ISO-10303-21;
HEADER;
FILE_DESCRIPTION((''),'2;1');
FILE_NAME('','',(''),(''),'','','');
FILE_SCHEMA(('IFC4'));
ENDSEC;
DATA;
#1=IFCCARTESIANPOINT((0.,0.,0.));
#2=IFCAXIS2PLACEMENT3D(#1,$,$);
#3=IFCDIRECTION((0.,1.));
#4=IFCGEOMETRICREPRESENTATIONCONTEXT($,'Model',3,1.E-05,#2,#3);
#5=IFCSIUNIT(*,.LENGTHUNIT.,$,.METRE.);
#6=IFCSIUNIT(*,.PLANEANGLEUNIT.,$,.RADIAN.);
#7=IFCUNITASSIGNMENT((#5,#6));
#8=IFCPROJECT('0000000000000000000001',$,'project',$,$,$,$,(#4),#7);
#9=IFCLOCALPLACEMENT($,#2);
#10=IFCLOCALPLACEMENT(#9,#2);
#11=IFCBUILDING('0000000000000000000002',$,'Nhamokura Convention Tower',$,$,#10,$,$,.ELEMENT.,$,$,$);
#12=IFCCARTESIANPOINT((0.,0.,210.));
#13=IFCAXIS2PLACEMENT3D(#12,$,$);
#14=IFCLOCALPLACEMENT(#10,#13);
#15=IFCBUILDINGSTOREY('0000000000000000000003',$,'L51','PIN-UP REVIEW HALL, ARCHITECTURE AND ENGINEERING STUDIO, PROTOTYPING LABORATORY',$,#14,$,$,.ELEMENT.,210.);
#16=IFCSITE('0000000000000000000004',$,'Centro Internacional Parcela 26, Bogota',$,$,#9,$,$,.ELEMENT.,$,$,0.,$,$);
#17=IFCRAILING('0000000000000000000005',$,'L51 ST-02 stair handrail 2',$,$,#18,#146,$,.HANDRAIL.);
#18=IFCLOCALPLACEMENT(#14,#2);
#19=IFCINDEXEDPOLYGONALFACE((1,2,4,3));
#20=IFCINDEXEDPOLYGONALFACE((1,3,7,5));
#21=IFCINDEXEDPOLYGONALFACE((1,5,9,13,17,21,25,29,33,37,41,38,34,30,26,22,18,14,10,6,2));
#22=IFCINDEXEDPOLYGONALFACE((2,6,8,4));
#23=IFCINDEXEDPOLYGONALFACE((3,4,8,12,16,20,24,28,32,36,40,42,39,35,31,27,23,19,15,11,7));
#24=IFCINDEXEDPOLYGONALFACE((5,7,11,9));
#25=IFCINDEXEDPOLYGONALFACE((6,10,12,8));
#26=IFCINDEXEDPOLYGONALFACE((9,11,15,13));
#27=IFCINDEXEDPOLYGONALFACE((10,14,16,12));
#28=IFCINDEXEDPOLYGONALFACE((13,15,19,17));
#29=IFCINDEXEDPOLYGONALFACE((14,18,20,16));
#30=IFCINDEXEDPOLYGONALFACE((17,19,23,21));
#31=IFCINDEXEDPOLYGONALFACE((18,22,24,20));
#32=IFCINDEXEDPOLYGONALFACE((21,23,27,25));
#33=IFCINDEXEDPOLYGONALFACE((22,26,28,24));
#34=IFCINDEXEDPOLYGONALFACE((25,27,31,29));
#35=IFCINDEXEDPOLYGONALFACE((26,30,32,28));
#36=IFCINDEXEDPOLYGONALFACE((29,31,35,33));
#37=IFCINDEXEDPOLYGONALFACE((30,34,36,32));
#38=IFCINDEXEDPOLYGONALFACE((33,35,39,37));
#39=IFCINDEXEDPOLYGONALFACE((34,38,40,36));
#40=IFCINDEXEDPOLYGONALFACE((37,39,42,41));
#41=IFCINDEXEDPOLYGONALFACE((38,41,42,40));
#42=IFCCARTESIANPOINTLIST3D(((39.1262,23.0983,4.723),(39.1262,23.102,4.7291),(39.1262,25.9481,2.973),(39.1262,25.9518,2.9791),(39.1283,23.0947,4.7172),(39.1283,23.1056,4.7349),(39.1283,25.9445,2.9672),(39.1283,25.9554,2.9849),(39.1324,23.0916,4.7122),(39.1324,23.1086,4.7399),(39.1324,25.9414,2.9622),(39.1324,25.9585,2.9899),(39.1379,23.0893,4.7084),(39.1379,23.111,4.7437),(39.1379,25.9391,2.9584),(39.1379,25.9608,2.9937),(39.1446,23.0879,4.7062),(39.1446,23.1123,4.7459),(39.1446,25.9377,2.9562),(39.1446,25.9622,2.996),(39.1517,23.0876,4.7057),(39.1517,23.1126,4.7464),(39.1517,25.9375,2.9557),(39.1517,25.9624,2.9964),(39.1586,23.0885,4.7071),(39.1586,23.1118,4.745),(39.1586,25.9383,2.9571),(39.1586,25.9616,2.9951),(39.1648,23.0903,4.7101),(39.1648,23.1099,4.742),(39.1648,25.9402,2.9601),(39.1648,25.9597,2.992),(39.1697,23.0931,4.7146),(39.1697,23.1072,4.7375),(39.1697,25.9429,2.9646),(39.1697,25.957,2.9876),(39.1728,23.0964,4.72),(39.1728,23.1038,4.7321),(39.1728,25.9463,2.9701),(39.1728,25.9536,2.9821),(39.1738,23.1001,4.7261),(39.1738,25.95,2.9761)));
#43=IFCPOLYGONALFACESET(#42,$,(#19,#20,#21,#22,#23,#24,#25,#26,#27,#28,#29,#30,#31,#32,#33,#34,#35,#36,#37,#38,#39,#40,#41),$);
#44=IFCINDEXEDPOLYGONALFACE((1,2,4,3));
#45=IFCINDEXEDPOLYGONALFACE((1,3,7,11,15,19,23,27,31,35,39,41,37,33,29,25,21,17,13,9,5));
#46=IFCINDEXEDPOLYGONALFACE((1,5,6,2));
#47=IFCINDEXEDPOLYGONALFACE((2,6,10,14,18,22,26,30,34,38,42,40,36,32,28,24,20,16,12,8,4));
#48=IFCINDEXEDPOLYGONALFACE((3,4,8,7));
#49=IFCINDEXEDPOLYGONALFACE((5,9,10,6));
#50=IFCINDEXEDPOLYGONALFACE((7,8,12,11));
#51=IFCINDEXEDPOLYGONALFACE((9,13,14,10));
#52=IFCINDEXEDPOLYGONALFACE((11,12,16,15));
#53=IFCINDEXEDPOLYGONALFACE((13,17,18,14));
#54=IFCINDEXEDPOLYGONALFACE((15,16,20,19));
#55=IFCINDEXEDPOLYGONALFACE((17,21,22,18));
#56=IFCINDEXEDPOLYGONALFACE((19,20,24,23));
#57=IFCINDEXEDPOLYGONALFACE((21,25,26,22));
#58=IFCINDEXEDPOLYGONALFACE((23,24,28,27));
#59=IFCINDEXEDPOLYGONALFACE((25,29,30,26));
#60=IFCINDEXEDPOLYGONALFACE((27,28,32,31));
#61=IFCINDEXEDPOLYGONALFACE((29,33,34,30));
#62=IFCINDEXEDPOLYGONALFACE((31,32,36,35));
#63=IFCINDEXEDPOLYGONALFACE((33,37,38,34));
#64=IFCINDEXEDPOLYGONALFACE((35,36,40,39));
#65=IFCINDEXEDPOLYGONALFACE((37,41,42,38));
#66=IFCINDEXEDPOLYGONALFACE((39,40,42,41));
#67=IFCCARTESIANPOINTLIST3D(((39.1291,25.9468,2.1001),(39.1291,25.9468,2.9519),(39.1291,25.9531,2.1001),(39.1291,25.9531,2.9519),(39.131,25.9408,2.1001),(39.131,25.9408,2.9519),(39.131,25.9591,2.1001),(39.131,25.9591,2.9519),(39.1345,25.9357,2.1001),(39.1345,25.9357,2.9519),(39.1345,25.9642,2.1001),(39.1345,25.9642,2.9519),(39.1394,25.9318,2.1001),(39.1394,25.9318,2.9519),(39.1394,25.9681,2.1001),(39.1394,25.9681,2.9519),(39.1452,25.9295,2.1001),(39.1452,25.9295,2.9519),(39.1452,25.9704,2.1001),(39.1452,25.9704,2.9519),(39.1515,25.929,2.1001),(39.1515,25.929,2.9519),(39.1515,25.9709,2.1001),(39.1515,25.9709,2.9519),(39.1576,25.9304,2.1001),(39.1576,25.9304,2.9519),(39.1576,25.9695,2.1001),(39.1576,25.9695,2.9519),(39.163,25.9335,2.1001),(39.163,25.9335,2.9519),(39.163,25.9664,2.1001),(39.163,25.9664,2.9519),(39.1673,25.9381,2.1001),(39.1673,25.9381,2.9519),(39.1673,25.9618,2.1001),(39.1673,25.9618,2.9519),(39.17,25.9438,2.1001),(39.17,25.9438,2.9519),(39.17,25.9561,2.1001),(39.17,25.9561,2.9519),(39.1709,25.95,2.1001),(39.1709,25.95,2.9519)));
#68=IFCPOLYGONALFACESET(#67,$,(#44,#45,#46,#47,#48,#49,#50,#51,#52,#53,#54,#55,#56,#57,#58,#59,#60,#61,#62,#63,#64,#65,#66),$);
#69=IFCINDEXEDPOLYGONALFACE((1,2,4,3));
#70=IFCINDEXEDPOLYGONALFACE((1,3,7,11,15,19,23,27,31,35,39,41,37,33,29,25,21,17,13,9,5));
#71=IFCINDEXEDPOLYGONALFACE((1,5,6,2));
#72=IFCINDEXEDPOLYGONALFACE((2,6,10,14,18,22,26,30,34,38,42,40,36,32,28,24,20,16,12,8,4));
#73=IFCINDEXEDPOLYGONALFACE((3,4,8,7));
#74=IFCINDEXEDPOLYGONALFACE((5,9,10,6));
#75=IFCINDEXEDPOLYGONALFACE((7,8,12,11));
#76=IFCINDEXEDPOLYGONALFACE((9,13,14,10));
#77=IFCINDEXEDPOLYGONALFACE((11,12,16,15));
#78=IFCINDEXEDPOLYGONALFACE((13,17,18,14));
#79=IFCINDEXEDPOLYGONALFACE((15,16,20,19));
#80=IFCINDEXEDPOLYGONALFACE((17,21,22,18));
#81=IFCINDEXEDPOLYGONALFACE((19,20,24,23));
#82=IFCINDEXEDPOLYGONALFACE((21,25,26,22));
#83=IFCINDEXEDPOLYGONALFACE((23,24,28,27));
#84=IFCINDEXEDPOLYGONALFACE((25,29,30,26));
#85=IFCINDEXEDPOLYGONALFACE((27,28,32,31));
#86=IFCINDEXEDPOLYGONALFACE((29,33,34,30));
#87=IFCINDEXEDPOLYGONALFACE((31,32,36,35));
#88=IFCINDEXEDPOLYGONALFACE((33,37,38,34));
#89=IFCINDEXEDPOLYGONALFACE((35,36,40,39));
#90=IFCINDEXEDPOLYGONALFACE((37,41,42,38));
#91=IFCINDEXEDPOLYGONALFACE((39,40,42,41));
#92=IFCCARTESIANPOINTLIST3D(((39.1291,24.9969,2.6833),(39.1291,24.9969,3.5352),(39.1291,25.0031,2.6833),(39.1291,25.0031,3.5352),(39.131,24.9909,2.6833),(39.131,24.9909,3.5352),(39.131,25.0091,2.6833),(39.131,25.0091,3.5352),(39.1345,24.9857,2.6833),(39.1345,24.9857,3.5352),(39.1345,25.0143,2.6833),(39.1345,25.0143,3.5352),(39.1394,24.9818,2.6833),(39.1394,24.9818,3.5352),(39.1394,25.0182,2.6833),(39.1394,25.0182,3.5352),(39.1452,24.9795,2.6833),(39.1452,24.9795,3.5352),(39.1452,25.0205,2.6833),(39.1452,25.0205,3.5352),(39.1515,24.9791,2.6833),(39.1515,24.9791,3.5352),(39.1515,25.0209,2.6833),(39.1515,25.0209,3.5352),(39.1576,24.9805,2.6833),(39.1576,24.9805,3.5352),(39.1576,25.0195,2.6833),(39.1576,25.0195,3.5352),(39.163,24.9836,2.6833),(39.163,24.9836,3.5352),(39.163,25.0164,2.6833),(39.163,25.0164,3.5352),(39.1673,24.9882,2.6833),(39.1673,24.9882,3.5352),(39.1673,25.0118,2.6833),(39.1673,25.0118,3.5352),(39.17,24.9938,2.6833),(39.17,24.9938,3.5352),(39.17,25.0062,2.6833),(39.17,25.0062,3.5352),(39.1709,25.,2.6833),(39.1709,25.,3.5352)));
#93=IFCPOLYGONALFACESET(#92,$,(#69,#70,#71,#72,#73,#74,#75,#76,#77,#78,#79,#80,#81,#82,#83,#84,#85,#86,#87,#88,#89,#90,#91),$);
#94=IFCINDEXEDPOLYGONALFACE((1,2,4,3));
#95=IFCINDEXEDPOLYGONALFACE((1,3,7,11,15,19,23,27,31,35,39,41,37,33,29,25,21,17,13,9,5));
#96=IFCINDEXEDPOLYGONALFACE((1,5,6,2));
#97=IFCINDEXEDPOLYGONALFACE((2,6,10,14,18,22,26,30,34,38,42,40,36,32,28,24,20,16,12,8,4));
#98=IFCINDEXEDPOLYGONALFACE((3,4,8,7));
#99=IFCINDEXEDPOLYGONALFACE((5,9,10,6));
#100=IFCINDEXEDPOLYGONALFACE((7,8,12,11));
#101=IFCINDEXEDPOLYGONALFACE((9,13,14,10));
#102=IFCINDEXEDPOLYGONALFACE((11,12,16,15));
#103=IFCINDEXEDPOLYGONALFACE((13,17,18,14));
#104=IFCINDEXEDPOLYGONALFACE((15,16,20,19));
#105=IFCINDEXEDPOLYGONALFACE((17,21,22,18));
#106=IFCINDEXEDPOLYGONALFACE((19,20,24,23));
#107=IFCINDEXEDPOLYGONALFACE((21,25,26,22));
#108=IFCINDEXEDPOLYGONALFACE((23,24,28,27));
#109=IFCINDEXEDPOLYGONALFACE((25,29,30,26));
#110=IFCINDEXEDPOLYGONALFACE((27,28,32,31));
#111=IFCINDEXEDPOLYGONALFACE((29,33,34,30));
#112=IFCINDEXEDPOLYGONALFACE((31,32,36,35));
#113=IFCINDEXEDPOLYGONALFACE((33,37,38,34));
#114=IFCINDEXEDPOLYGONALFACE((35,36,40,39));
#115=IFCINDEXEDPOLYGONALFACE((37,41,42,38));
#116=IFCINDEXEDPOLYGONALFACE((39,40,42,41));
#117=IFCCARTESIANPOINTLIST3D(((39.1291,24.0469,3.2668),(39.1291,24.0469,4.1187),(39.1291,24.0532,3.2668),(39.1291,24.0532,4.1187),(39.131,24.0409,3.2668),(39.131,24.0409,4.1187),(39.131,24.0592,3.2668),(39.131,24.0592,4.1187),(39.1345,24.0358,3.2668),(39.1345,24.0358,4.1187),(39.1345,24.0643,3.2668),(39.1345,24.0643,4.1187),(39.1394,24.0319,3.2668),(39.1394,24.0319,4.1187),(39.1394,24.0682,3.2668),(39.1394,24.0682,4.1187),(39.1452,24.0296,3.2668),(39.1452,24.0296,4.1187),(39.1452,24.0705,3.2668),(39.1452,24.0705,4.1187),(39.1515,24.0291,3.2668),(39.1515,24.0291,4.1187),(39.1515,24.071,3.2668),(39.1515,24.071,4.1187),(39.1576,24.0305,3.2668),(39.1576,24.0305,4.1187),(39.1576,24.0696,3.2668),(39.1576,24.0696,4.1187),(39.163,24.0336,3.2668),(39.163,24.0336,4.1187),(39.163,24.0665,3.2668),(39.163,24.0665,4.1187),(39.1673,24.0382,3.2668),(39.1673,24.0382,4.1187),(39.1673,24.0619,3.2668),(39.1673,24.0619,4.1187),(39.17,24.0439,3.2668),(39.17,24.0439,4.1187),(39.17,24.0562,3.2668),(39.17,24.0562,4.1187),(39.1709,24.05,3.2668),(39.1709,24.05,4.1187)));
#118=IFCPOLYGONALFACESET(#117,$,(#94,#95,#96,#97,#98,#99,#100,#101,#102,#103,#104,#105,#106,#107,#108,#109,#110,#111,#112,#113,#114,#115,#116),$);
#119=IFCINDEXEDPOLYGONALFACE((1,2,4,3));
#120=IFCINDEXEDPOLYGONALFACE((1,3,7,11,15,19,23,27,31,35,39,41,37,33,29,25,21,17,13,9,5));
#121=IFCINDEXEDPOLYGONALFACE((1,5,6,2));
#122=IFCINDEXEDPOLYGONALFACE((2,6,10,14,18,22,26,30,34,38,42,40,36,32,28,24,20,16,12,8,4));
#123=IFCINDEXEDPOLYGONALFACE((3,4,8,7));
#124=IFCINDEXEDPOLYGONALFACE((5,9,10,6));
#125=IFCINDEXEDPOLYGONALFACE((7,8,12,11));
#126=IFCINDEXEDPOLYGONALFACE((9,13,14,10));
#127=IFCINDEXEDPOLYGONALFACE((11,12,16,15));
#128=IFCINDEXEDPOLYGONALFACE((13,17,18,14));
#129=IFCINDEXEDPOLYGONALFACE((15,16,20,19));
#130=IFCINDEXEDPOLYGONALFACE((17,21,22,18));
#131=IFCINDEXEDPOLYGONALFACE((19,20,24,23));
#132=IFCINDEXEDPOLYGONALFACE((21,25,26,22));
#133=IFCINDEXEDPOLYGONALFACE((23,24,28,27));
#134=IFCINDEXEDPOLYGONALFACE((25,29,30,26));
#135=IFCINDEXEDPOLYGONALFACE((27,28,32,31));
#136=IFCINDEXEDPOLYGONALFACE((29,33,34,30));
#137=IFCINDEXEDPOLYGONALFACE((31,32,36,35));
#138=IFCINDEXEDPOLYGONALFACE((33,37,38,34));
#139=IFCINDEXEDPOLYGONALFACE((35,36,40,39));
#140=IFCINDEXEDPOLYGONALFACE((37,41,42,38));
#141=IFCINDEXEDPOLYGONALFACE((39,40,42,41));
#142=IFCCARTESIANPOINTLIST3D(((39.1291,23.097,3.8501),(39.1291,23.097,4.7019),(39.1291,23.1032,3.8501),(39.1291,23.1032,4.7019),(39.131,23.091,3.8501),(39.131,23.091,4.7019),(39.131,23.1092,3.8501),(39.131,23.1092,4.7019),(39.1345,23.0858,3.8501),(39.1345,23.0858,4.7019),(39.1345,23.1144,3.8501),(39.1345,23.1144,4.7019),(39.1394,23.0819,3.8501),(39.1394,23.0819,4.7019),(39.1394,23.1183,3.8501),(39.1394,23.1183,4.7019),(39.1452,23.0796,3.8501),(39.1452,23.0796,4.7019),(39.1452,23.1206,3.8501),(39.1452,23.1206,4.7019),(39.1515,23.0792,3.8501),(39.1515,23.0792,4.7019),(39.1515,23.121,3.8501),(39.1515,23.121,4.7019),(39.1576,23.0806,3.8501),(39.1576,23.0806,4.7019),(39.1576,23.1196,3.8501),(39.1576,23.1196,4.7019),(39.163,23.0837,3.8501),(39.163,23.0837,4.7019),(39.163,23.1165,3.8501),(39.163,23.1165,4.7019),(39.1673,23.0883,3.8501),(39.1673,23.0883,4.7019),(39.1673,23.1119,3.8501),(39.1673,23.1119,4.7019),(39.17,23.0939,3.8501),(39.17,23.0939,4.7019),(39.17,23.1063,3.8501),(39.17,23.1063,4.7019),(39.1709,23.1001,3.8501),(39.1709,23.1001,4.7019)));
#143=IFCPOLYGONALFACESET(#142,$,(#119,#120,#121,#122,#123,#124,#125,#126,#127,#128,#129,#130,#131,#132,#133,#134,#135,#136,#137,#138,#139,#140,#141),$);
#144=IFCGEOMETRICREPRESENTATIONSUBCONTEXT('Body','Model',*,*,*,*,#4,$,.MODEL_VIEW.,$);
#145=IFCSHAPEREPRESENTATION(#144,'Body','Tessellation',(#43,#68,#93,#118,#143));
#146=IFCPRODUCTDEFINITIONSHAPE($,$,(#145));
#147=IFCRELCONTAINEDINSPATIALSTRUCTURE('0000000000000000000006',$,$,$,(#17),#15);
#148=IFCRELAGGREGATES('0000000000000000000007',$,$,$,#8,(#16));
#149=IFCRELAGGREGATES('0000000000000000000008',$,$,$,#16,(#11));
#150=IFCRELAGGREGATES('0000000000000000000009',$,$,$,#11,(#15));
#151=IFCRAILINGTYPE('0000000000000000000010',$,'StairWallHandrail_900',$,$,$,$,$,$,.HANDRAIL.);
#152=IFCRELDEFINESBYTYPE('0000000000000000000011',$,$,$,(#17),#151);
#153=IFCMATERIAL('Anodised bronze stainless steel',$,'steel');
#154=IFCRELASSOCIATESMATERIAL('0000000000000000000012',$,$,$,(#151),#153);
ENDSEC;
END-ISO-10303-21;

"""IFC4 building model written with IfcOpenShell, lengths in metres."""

from ifc_helpers import new_model, si_unit, direction, frame, origin, origin_2d, place, context, subcontext, project, spatial, circle, extrude, material, type_object, element, save


model = new_model("IFC4")

# Units and contexts
model_context = context("Model", 3, precision=1e-05, world=origin(), true_north=direction((0.0, 1.0)))
body_context = subcontext(model_context, "Body", "Model", "MODEL_VIEW")
ifc_project = project(units=[si_unit("LENGTHUNIT", "METRE"), si_unit("PLANEANGLEUNIT", "RADIAN")], contexts=[model_context])

# Site, building, storey
site_placement = place(None, origin())
site = spatial("IfcSite", under=ifc_project, at=site_placement, Name="Centro Internacional Parcela 26, Bogota", CompositionType="ELEMENT", RefElevation=0.0)
building_placement = place(site_placement, origin())
building = spatial("IfcBuilding", under=site, at=building_placement, Name="Nhamokura Convention Tower", CompositionType="ELEMENT")
storey_placement = place(building_placement, frame((0.0, 0.0, 210.0)))
storey = spatial("IfcBuildingStorey", under=building, at=storey_placement, Name="L51", Description="PIN-UP REVIEW HALL, ARCHITECTURE AND ENGINEERING STUDIO, PROTOTYPING LABORATORY", CompositionType="ELEMENT", Elevation=210.0)

# Railing
ifc_material_1 = material(Name="Anodised bronze stainless steel", Category="steel")
railing_type_1 = type_object("IfcRailingType", Name="StairWallHandrail_900", PredefinedType="HANDRAIL", material=ifc_material_1)
railing_1_placement = place(storey_placement, frame((39.1499, 25.95, 2.1001)))
element("IfcRailing", 1, at=railing_1_placement, inside=storey, type_object=railing_type_1, Name="L51 ST-02 stair handrail 2", PredefinedType="HANDRAIL", context=body_context, shape_type="SweptSolid", body=[
    extrude(circle(Radius=0.0239, at=origin_2d()), frame((0.0, 0.0, 0.876), z_axis=(0.0, -0.852159, 0.523283), x_axis=(1.0, 0.0, 0.0)), (0.0, 0.0, 1.0), 3.3442),
    extrude(circle(Radius=0.021, at=origin_2d()), origin(), (0.0, 0.0, 1.0), 0.8518),
    extrude(circle(Radius=0.021, at=origin_2d()), frame((0.0, -0.95, 0.5833)), (0.0, 0.0, 1.0), 0.8518),
    extrude(circle(Radius=0.021, at=origin_2d()), frame((0.0, -1.8999, 1.1667)), (0.0, 0.0, 1.0), 0.8518),
    extrude(circle(Radius=0.021, at=origin_2d()), frame((0.0, -2.8499, 1.75)), (0.0, 0.0, 1.0), 0.8518),
])

save(model, "model.ifc")
